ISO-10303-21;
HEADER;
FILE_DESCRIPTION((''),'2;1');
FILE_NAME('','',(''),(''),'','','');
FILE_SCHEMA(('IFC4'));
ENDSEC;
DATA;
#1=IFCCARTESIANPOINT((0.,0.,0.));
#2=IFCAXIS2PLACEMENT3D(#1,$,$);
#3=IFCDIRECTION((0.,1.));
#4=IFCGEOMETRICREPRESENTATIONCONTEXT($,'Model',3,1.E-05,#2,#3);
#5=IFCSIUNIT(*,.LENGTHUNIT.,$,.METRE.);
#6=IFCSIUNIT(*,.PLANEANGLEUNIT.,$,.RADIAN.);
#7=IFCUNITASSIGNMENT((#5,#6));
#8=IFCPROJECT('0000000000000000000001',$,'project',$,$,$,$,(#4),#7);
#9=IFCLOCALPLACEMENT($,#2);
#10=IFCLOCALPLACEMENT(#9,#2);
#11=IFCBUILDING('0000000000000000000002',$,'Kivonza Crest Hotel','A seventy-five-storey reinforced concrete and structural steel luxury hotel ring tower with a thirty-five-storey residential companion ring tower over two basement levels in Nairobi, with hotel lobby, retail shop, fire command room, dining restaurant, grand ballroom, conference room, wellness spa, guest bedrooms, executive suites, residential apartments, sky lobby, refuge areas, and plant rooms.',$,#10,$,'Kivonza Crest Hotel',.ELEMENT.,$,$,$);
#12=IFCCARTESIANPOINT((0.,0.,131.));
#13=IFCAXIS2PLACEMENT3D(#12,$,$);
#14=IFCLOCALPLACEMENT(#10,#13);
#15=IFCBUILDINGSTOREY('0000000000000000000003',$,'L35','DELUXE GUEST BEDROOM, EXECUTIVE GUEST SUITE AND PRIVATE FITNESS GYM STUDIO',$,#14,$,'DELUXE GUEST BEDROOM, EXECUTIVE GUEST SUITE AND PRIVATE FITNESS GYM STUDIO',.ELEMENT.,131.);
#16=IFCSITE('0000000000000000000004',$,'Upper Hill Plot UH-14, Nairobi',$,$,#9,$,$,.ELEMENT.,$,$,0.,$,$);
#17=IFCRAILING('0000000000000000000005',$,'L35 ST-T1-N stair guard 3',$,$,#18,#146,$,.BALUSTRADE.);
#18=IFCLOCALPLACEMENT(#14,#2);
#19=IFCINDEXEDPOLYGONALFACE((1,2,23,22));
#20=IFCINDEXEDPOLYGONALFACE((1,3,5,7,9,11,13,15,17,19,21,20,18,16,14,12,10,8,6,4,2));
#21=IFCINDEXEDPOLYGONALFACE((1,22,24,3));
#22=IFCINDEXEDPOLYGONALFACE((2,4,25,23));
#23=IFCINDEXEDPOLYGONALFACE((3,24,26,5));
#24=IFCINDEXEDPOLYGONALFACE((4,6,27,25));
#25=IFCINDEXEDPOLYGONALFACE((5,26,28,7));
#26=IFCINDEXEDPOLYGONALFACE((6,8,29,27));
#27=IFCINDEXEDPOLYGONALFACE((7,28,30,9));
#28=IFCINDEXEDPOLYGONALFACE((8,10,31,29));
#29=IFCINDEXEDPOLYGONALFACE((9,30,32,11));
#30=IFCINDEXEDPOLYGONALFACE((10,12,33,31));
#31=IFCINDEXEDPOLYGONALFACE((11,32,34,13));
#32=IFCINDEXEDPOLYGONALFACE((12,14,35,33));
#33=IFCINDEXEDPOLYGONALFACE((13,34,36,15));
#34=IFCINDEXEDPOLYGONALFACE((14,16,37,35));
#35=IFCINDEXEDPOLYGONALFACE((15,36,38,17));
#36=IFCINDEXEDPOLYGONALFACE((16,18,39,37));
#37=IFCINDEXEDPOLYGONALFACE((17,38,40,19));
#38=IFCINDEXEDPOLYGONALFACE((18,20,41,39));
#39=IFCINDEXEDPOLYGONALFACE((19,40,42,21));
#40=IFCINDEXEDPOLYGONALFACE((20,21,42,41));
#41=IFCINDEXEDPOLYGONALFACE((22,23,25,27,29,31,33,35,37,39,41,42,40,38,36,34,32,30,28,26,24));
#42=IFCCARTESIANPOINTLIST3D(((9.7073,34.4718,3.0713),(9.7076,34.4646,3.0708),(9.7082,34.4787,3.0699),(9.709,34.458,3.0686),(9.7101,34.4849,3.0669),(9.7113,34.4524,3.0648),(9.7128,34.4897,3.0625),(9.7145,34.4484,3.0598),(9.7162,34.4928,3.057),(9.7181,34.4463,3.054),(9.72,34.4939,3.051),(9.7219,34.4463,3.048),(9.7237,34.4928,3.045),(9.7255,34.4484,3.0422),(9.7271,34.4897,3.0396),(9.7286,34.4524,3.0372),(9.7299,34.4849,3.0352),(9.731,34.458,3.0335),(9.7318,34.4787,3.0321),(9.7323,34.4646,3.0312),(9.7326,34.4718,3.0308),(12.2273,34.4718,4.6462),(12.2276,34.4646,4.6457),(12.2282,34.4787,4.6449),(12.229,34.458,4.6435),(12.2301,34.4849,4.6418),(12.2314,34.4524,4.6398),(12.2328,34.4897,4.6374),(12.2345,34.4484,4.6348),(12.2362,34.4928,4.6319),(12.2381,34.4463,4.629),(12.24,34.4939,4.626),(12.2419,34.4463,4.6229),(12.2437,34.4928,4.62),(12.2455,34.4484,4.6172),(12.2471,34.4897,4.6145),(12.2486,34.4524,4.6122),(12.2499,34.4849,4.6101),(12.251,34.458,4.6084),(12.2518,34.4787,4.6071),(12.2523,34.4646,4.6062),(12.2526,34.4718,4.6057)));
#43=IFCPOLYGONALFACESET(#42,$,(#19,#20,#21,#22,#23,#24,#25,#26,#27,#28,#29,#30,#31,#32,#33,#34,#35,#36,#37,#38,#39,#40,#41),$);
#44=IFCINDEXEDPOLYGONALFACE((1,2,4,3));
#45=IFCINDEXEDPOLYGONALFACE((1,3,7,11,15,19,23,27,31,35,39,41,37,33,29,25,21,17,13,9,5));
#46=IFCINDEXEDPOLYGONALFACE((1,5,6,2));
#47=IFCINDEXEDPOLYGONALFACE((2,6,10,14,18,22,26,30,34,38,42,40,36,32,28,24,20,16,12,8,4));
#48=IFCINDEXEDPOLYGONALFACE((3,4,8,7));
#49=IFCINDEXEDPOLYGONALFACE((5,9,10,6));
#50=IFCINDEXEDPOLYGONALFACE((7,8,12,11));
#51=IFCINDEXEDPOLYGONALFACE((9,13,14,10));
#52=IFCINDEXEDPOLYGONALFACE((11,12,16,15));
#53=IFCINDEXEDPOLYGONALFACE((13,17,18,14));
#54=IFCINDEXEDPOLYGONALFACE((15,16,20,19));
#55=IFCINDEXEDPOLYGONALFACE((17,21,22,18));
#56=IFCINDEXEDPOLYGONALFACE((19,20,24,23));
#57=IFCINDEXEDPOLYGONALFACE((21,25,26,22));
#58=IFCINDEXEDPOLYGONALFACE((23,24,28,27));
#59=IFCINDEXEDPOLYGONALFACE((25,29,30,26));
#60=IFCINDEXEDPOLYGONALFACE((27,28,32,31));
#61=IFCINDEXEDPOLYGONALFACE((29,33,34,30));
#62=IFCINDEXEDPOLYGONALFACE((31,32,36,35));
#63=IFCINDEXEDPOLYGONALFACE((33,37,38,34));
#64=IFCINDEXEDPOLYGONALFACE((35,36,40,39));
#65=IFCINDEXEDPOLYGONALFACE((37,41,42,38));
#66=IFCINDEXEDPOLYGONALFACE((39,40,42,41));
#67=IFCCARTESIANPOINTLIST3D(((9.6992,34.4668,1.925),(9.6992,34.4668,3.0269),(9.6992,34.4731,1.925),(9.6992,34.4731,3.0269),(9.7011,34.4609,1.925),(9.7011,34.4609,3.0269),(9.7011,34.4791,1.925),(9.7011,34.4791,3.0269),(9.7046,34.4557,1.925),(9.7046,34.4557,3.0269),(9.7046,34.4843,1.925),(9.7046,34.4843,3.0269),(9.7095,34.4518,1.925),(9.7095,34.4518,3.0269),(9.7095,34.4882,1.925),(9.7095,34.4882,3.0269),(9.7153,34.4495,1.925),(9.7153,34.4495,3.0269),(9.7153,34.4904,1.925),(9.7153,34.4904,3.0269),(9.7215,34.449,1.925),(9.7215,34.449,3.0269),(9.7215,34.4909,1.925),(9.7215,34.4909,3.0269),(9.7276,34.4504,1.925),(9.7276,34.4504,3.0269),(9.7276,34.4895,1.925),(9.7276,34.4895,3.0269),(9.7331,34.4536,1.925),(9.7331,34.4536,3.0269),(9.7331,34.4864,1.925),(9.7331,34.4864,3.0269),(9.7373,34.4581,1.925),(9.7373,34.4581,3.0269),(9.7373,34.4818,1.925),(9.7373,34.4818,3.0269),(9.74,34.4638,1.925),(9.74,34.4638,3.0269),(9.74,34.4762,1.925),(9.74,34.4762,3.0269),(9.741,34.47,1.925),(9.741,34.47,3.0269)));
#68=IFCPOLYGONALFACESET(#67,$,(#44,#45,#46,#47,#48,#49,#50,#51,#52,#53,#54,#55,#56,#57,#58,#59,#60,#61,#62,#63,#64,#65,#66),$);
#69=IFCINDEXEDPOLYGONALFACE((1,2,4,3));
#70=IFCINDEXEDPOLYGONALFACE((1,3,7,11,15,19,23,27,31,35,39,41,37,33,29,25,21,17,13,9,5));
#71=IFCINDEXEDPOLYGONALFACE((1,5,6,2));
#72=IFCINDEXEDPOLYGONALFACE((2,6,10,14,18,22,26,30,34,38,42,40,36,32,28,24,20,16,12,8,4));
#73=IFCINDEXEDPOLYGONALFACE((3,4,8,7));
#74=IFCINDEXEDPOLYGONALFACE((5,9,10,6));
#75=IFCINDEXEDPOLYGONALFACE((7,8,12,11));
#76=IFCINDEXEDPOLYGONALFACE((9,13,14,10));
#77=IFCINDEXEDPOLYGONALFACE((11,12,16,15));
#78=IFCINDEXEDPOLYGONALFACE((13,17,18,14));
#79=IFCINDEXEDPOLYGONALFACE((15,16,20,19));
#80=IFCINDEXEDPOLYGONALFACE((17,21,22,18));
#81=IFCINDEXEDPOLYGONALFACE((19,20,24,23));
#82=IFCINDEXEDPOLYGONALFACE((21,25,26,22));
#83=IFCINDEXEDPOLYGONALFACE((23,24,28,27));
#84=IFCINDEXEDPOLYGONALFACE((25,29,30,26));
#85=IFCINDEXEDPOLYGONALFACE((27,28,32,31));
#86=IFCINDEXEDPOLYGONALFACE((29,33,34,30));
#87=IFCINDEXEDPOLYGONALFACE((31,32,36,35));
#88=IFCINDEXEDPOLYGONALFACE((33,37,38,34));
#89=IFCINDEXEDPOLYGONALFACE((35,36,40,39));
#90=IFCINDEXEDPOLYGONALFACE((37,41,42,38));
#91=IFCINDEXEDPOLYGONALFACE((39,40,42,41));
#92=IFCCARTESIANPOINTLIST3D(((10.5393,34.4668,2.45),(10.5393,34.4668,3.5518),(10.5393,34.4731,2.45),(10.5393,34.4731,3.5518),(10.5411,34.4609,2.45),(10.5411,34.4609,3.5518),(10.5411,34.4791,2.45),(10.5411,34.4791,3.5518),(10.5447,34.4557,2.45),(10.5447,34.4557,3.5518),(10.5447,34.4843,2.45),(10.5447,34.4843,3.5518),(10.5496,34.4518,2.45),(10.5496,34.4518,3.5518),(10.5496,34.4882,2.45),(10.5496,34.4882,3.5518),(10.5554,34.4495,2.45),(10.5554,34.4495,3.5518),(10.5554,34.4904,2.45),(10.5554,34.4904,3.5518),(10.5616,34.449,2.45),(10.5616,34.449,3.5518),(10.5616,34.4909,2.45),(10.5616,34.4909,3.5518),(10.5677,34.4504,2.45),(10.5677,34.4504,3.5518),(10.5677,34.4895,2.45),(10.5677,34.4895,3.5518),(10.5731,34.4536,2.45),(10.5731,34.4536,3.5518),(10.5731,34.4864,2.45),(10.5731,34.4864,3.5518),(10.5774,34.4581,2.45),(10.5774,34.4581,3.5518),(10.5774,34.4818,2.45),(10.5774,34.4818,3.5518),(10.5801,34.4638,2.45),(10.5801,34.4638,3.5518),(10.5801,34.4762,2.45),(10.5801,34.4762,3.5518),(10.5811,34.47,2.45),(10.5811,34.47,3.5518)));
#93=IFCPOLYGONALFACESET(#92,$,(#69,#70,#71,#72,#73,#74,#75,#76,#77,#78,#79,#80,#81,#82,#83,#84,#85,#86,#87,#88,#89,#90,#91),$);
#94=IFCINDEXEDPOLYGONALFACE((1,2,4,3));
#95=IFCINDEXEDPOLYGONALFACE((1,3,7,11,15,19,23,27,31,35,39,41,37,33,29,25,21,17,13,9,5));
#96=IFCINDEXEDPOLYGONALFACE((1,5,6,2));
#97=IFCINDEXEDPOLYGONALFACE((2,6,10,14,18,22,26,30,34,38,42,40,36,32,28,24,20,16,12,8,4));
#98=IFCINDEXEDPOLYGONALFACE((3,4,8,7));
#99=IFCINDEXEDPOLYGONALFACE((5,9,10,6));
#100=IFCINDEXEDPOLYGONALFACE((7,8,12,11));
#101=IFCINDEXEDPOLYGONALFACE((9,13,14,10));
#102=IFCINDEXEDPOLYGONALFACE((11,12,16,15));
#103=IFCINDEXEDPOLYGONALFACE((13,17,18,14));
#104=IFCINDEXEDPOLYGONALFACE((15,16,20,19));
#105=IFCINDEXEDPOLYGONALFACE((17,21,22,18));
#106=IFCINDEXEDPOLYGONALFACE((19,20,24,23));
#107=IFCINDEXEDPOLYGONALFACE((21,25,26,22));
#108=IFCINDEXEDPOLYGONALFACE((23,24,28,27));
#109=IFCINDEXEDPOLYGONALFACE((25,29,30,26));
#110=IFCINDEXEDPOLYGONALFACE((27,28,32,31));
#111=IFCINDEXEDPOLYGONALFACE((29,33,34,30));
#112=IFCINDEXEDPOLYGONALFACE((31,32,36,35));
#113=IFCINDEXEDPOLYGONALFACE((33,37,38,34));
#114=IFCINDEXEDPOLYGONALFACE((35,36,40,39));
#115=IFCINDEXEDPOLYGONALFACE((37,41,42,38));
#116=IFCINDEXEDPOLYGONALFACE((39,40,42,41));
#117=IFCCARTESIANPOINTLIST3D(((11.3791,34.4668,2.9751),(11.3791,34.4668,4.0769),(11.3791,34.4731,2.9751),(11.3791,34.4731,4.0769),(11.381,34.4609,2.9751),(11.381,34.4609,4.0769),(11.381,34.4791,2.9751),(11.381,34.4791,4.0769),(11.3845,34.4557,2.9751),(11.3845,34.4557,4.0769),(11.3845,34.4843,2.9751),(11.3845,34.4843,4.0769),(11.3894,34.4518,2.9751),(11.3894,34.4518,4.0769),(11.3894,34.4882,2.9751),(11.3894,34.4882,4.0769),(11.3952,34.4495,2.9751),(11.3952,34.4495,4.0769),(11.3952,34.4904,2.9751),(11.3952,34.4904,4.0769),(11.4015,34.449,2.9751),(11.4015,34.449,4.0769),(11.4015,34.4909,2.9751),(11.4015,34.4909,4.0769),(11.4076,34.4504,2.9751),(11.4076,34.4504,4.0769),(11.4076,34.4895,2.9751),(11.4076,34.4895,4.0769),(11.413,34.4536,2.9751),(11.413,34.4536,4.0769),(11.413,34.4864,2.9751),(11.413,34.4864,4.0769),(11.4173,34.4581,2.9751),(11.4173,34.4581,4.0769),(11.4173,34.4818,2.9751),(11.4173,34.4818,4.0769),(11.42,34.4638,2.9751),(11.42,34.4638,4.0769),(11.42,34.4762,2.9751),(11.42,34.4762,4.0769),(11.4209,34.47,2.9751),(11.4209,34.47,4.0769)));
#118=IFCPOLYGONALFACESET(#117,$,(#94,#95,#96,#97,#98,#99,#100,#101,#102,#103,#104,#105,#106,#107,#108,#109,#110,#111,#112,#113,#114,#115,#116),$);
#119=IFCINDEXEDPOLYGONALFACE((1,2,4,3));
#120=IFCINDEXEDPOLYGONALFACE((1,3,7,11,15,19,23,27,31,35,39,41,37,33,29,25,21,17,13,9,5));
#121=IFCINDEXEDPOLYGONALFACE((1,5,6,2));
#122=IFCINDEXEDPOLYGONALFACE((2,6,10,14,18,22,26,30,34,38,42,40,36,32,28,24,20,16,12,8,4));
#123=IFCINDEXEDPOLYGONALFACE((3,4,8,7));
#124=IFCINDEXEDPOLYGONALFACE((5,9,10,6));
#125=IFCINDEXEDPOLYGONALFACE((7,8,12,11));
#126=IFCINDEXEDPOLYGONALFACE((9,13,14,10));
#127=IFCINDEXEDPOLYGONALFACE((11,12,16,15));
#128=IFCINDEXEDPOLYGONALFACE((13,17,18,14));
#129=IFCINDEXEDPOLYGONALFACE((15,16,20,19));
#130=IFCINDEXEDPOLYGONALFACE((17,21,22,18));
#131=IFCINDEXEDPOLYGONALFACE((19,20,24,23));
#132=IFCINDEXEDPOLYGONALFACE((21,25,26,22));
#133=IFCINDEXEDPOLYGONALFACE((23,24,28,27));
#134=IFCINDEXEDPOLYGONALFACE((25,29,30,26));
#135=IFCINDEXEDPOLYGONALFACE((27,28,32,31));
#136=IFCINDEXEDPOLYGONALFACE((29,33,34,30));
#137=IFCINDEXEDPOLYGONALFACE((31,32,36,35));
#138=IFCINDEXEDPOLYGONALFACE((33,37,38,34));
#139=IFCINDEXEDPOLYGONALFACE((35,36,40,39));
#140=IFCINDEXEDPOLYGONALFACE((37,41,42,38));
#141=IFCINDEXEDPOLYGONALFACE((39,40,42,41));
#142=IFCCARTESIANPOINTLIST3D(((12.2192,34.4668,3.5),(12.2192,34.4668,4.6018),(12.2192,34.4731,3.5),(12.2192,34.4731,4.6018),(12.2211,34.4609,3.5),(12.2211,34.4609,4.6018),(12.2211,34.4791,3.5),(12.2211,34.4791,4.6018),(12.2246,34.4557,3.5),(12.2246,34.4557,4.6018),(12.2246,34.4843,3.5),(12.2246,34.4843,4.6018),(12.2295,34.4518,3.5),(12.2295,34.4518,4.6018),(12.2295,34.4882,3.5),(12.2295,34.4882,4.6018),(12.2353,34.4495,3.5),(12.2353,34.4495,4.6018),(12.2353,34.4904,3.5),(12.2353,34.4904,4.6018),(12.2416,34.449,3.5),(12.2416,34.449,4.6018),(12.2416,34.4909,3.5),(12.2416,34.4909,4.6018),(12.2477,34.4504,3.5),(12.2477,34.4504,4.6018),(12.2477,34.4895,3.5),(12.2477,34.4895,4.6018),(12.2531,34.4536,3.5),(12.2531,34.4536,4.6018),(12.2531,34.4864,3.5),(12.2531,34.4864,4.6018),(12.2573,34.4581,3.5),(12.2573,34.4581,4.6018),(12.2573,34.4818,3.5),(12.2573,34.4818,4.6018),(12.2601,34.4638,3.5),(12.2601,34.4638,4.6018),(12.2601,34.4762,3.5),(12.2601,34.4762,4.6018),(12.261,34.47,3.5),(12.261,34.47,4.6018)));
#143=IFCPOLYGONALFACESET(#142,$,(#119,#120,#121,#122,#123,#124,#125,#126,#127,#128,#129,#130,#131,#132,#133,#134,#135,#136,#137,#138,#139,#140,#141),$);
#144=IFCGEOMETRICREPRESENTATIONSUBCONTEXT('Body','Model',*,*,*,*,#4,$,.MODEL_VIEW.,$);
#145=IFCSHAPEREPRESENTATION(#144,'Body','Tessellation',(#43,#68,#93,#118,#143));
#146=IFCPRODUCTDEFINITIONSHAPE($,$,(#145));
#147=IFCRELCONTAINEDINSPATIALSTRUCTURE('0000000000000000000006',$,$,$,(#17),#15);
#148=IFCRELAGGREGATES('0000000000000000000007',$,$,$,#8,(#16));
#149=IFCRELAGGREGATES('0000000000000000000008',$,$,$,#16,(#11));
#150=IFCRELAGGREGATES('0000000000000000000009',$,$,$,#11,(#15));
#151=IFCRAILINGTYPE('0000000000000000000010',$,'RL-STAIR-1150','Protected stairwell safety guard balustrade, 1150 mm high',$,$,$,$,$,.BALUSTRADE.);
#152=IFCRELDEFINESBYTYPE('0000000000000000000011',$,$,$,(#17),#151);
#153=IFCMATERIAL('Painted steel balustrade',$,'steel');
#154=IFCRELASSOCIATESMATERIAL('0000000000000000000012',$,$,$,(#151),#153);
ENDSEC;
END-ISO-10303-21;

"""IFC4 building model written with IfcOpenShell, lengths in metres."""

from ifc_helpers import new_model, si_unit, direction, frame, origin, origin_2d, place, context, subcontext, project, spatial, circle, extrude, material, type_object, element, save


model = new_model("IFC4")

# Units and contexts
model_context = context("Model", 3, precision=1e-05, world=origin(), true_north=direction((0.0, 1.0)))
body_context = subcontext(model_context, "Body", "Model", "MODEL_VIEW")
ifc_project = project(units=[si_unit("LENGTHUNIT", "METRE"), si_unit("PLANEANGLEUNIT", "RADIAN")], contexts=[model_context])

# Site, building, storey
site_placement = place(None, origin())
site = spatial("IfcSite", under=ifc_project, at=site_placement, Name="Upper Hill Plot UH-14, Nairobi", CompositionType="ELEMENT", RefElevation=0.0)
building_placement = place(site_placement, origin())
building = spatial("IfcBuilding", under=site, at=building_placement, Name="Kivonza Crest Hotel", Description="A seventy-five-storey reinforced concrete and structural steel luxury hotel ring tower with a thirty-five-storey residential companion ring tower over two basement levels in Nairobi, with hotel lobby, retail shop, fire command room, dining restaurant, grand ballroom, conference room, wellness spa, guest bedrooms, executive suites, residential apartments, sky lobby, refuge areas, and plant rooms.", LongName="Kivonza Crest Hotel", CompositionType="ELEMENT")
storey_placement = place(building_placement, frame((0.0, 0.0, 131.0)))
storey = spatial("IfcBuildingStorey", under=building, at=storey_placement, Name="L35", Description="DELUXE GUEST BEDROOM, EXECUTIVE GUEST SUITE AND PRIVATE FITNESS GYM STUDIO", LongName="DELUXE GUEST BEDROOM, EXECUTIVE GUEST SUITE AND PRIVATE FITNESS GYM STUDIO", CompositionType="ELEMENT", Elevation=131.0)

# Railing
ifc_material_1 = material(Name="Painted steel balustrade", Category="steel")
railing_type_1 = type_object("IfcRailingType", Name="RL-STAIR-1150", Description="Protected stairwell safety guard balustrade, 1150 mm high", PredefinedType="BALUSTRADE", material=ifc_material_1)
railing_1_placement = place(storey_placement, frame((9.72, 34.47, 1.925)))
element("IfcRailing", 1, at=railing_1_placement, inside=storey, type_object=railing_type_1, Name="L35 ST-T1-N stair guard 3", PredefinedType="BALUSTRADE", context=body_context, shape_type="SweptSolid", body=[
    extrude(circle(Radius=0.0239, at=origin_2d()), frame((0.0, 0.0, 1.126), z_axis=(0.848008, 0.0, 0.529984), x_axis=(0.0, 1.0, 0.0)), (0.0, 0.0, 1.0), 2.9717),
    extrude(circle(Radius=0.021, at=origin_2d()), origin(), (0.0, 0.0, 1.0), 1.1018),
    extrude(circle(Radius=0.021, at=origin_2d()), frame((0.8401, 0.0, 0.5249)), (0.0, 0.0, 1.0), 1.1018),
    extrude(circle(Radius=0.021, at=origin_2d()), frame((1.6799, 0.0, 1.05)), (0.0, 0.0, 1.0), 1.1018),
    extrude(circle(Radius=0.021, at=origin_2d()), frame((2.52, 0.0, 1.575)), (0.0, 0.0, 1.0), 1.1018),
])

save(model, "model.ifc")
